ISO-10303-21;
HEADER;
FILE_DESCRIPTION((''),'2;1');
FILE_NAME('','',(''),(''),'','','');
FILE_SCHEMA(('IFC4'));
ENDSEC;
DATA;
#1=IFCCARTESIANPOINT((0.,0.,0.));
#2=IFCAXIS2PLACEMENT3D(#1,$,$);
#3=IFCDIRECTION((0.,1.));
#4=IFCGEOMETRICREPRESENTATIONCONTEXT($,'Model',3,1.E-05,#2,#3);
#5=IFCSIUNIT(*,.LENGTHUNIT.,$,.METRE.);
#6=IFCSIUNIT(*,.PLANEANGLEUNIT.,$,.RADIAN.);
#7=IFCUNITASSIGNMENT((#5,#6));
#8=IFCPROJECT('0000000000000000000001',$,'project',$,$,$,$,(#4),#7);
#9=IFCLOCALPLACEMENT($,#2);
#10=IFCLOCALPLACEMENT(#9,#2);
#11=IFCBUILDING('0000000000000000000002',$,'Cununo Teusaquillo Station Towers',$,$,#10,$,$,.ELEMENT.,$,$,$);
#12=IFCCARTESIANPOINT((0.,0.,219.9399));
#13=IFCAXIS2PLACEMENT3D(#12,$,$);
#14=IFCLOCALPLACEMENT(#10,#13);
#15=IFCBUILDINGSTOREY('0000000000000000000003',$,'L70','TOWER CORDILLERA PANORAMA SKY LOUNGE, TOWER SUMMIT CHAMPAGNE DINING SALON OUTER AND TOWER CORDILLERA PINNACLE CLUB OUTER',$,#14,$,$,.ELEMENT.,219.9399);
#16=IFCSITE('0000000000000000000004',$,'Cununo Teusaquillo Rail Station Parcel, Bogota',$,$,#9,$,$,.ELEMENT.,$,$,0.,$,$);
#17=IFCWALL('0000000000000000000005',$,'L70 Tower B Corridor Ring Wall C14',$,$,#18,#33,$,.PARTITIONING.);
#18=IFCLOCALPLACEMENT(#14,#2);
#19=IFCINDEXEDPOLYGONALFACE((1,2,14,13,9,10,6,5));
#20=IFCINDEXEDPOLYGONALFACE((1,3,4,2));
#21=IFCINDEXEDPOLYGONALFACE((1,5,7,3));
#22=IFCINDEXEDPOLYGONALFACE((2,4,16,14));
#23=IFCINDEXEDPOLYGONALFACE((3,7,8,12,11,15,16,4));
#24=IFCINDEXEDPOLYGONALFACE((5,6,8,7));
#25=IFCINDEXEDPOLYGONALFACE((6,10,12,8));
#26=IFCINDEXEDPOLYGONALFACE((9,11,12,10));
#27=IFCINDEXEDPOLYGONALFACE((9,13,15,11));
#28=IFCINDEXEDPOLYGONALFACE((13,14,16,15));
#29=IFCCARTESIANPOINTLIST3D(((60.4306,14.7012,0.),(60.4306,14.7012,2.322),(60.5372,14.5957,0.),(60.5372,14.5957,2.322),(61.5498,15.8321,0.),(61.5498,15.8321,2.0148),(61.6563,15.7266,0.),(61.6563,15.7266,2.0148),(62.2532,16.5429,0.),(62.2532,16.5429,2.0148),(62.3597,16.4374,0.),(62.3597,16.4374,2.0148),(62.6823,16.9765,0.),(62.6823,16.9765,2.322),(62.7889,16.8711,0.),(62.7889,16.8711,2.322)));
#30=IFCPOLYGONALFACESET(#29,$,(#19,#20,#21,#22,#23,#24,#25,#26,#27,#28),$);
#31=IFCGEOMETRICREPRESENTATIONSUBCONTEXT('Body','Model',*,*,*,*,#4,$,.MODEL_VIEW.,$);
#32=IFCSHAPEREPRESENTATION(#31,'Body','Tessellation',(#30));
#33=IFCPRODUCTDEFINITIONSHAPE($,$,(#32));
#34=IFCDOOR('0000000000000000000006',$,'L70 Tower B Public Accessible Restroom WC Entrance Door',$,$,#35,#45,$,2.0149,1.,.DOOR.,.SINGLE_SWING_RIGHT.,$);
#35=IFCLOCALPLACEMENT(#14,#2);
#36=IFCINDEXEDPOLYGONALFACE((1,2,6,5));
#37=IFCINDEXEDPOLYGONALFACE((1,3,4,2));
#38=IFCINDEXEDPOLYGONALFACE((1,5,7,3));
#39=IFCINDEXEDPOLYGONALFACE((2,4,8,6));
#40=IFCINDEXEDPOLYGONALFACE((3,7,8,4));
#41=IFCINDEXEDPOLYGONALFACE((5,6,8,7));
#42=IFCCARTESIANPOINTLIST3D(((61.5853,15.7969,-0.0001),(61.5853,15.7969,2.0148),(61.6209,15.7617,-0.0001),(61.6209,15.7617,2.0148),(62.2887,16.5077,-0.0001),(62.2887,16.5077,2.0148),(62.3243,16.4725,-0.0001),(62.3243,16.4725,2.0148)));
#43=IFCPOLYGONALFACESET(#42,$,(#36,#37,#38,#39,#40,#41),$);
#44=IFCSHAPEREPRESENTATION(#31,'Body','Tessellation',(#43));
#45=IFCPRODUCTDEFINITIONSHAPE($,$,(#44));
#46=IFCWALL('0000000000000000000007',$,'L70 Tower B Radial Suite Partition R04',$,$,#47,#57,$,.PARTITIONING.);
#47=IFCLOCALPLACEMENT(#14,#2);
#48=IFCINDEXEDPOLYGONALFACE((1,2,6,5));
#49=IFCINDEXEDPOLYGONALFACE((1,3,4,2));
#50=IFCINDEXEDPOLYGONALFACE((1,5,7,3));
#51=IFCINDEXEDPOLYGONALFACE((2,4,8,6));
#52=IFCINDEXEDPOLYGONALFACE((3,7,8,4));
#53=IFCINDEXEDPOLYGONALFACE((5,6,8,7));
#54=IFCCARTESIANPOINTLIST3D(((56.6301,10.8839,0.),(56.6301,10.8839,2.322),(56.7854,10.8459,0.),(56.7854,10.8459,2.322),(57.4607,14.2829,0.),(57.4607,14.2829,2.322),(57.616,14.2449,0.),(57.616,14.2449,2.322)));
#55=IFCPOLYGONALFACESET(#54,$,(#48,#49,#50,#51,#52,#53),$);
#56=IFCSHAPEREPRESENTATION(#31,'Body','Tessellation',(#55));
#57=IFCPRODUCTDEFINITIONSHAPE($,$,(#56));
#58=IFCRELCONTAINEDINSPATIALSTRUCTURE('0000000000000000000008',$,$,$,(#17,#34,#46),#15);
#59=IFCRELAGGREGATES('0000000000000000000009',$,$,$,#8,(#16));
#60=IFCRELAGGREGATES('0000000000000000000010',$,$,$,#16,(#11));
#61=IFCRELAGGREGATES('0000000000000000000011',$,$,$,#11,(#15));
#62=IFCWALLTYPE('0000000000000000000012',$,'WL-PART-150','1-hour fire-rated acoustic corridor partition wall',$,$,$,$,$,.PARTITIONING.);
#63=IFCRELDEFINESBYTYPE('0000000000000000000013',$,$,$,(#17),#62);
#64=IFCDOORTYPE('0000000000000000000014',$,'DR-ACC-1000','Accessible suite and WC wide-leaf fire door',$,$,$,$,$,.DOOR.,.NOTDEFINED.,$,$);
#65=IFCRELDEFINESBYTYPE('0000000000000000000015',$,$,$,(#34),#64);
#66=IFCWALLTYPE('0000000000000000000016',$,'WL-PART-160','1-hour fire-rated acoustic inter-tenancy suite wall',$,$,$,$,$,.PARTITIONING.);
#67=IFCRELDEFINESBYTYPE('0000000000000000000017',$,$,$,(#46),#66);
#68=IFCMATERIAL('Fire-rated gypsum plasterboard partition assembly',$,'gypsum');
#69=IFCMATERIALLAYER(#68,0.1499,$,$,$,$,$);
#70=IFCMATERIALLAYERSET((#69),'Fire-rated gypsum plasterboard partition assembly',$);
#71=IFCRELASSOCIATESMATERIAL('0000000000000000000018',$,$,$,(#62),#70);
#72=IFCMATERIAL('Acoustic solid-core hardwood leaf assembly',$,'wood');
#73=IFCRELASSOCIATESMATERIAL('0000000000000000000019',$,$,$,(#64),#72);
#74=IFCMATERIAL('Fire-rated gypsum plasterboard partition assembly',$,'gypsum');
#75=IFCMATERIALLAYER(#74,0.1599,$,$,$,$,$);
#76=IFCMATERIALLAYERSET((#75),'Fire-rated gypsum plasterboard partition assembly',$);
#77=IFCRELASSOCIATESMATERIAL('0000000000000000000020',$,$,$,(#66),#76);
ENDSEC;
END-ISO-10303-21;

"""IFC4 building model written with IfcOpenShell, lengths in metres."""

from ifc_helpers import new_model, si_unit, direction, frame, frame_2d, origin, place, context, subcontext, project, spatial, rectangle, extrude, source, transform, mapped, material, layer, layer_set, type_object, element, fill, save


model = new_model("IFC4")

# Units and contexts
model_context = context("Model", 3, precision=1e-05, world=origin(), true_north=direction((0.0, 1.0)))
body_context = subcontext(model_context, "Body", "Model", "MODEL_VIEW")
ifc_project = project(units=[si_unit("LENGTHUNIT", "METRE"), si_unit("PLANEANGLEUNIT", "RADIAN")], contexts=[model_context])

# Site, building, storey
site_placement = place(None, origin())
site = spatial("IfcSite", under=ifc_project, at=site_placement, Name="Cununo Teusaquillo Rail Station Parcel, Bogota", CompositionType="ELEMENT", RefElevation=0.0)
building_placement = place(site_placement, origin())
building = spatial("IfcBuilding", under=site, at=building_placement, Name="Cununo Teusaquillo Station Towers", CompositionType="ELEMENT")
storey_placement = place(building_placement, frame((0.0, 0.0, 219.9399)))
storey = spatial("IfcBuildingStorey", under=building, at=storey_placement, Name="L70", Description="TOWER CORDILLERA PANORAMA SKY LOUNGE, TOWER SUMMIT CHAMPAGNE DINING SALON OUTER AND TOWER CORDILLERA PINNACLE CLUB OUTER", CompositionType="ELEMENT", Elevation=219.9399)

# Shared definitions
ifc_material_1 = material(Name="Fire-rated gypsum plasterboard partition assembly", Category="gypsum")
ifc_layer_1 = layer(ifc_material_1, 0.1499)
ifc_layer_set_1 = layer_set([ifc_layer_1], Name="Fire-rated gypsum plasterboard partition assembly")
wall_type_1 = type_object("IfcWallType", Name="WL-PART-150", Description="1-hour fire-rated acoustic corridor partition wall", PredefinedType="PARTITIONING", material=ifc_layer_set_1)

# Wall, opening, door
wall_1_placement = place(storey_placement, frame((60.4839, 14.6484, 0.0), z_axis=(0.0, 0.0, 1.0), x_axis=(0.703398, 0.710796, 0.0)))
wall_1 = element("IfcWall", 1, at=wall_1_placement, inside=storey, type_object=wall_type_1, Name="L70 Tower B Corridor Ring Wall C14", PredefinedType="PARTITIONING", context=body_context, shape_type="SweptSolid", body=[
    extrude(rectangle(XDim=3.2012, YDim=0.1499, at=frame_2d((1.6006, 0.0))), origin(), (0.0, 0.0, 1.0), 2.322),
])
shared_shape_1 = source(origin(), body_context, "Body", "SweptSolid", [
    extrude(rectangle(XDim=1.0, YDim=2.0149, at=frame_2d((0.5, 1.0073))), frame((0.0, 0.085, 0.0), z_axis=(0.0, -1.0, 0.0), x_axis=(1.0, 0.0, 0.0)), (0.0, 0.0, 1.0), 0.1699),
])
opening_1_placement = place(wall_1_placement, frame((1.5911, 0.0, 0.0)))
opening_1 = element("IfcOpeningElement", 2, at=opening_1_placement, cuts=wall_1, PredefinedType="OPENING", context=body_context, shape_type="MappedRepresentation", body=[
    mapped(shared_shape_1, transform((0.0, 0.0, 0.0), x_axis=(1.0, 0.0, 0.0), y_axis=(0.0, 1.0, 0.0), z_axis=(0.0, 0.0, 1.0), scale=1.0)),
])
ifc_material_2 = material(Name="Acoustic solid-core hardwood leaf assembly", Category="wood")
door_type_1 = type_object("IfcDoorType", Name="DR-ACC-1000", Description="Accessible suite and WC wide-leaf fire door", OperationType="NOTDEFINED", PredefinedType="DOOR", material=ifc_material_2)
shared_shape_2 = source(origin(), body_context, "Body", "SweptSolid", [
    extrude(rectangle(XDim=1.0, YDim=2.0149, at=frame_2d((0.5, 1.0073))), frame((0.0, 0.0249, 0.0), z_axis=(0.0, -1.0, 0.0), x_axis=(1.0, 0.0, 0.0)), (0.0, 0.0, 1.0), 0.05),
])
door_1_placement = place(opening_1_placement, origin())
door_1 = element("IfcDoor", 3, at=door_1_placement, inside=storey, type_object=door_type_1, Name="L70 Tower B Public Accessible Restroom WC Entrance Door", OperationType="SINGLE_SWING_RIGHT", OverallHeight=2.0149, OverallWidth=1.0, PredefinedType="DOOR", context=body_context, shape_type="MappedRepresentation", body=[
    mapped(shared_shape_2, transform((0.0, 0.0, 0.0), x_axis=(1.0, 0.0, 0.0), y_axis=(0.0, 1.0, 0.0), z_axis=(0.0, 0.0, 1.0), scale=1.0)),
])
fill(opening_1, door_1)

# Wall
ifc_material_3 = material(Name="Fire-rated gypsum plasterboard partition assembly", Category="gypsum")
ifc_layer_2 = layer(ifc_material_3, 0.1599)
ifc_layer_set_2 = layer_set([ifc_layer_2], Name="Fire-rated gypsum plasterboard partition assembly")
wall_type_2 = type_object("IfcWallType", Name="WL-PART-160", Description="1-hour fire-rated acoustic inter-tenancy suite wall", PredefinedType="PARTITIONING", material=ifc_layer_set_2)
wall_2_placement = place(storey_placement, frame((57.5383, 14.2639, 0.0), z_axis=(0.0, 0.0, 1.0), x_axis=(-0.237377, -0.971418, 0.0)))
element("IfcWall", 4, at=wall_2_placement, inside=storey, type_object=wall_type_2, Name="L70 Tower B Radial Suite Partition R04", PredefinedType="PARTITIONING", context=body_context, shape_type="SweptSolid", body=[
    extrude(rectangle(XDim=3.499, YDim=0.1599, at=frame_2d((1.7495, 0.0))), origin(), (0.0, 0.0, 1.0), 2.322),
])

save(model, "model.ifc")
